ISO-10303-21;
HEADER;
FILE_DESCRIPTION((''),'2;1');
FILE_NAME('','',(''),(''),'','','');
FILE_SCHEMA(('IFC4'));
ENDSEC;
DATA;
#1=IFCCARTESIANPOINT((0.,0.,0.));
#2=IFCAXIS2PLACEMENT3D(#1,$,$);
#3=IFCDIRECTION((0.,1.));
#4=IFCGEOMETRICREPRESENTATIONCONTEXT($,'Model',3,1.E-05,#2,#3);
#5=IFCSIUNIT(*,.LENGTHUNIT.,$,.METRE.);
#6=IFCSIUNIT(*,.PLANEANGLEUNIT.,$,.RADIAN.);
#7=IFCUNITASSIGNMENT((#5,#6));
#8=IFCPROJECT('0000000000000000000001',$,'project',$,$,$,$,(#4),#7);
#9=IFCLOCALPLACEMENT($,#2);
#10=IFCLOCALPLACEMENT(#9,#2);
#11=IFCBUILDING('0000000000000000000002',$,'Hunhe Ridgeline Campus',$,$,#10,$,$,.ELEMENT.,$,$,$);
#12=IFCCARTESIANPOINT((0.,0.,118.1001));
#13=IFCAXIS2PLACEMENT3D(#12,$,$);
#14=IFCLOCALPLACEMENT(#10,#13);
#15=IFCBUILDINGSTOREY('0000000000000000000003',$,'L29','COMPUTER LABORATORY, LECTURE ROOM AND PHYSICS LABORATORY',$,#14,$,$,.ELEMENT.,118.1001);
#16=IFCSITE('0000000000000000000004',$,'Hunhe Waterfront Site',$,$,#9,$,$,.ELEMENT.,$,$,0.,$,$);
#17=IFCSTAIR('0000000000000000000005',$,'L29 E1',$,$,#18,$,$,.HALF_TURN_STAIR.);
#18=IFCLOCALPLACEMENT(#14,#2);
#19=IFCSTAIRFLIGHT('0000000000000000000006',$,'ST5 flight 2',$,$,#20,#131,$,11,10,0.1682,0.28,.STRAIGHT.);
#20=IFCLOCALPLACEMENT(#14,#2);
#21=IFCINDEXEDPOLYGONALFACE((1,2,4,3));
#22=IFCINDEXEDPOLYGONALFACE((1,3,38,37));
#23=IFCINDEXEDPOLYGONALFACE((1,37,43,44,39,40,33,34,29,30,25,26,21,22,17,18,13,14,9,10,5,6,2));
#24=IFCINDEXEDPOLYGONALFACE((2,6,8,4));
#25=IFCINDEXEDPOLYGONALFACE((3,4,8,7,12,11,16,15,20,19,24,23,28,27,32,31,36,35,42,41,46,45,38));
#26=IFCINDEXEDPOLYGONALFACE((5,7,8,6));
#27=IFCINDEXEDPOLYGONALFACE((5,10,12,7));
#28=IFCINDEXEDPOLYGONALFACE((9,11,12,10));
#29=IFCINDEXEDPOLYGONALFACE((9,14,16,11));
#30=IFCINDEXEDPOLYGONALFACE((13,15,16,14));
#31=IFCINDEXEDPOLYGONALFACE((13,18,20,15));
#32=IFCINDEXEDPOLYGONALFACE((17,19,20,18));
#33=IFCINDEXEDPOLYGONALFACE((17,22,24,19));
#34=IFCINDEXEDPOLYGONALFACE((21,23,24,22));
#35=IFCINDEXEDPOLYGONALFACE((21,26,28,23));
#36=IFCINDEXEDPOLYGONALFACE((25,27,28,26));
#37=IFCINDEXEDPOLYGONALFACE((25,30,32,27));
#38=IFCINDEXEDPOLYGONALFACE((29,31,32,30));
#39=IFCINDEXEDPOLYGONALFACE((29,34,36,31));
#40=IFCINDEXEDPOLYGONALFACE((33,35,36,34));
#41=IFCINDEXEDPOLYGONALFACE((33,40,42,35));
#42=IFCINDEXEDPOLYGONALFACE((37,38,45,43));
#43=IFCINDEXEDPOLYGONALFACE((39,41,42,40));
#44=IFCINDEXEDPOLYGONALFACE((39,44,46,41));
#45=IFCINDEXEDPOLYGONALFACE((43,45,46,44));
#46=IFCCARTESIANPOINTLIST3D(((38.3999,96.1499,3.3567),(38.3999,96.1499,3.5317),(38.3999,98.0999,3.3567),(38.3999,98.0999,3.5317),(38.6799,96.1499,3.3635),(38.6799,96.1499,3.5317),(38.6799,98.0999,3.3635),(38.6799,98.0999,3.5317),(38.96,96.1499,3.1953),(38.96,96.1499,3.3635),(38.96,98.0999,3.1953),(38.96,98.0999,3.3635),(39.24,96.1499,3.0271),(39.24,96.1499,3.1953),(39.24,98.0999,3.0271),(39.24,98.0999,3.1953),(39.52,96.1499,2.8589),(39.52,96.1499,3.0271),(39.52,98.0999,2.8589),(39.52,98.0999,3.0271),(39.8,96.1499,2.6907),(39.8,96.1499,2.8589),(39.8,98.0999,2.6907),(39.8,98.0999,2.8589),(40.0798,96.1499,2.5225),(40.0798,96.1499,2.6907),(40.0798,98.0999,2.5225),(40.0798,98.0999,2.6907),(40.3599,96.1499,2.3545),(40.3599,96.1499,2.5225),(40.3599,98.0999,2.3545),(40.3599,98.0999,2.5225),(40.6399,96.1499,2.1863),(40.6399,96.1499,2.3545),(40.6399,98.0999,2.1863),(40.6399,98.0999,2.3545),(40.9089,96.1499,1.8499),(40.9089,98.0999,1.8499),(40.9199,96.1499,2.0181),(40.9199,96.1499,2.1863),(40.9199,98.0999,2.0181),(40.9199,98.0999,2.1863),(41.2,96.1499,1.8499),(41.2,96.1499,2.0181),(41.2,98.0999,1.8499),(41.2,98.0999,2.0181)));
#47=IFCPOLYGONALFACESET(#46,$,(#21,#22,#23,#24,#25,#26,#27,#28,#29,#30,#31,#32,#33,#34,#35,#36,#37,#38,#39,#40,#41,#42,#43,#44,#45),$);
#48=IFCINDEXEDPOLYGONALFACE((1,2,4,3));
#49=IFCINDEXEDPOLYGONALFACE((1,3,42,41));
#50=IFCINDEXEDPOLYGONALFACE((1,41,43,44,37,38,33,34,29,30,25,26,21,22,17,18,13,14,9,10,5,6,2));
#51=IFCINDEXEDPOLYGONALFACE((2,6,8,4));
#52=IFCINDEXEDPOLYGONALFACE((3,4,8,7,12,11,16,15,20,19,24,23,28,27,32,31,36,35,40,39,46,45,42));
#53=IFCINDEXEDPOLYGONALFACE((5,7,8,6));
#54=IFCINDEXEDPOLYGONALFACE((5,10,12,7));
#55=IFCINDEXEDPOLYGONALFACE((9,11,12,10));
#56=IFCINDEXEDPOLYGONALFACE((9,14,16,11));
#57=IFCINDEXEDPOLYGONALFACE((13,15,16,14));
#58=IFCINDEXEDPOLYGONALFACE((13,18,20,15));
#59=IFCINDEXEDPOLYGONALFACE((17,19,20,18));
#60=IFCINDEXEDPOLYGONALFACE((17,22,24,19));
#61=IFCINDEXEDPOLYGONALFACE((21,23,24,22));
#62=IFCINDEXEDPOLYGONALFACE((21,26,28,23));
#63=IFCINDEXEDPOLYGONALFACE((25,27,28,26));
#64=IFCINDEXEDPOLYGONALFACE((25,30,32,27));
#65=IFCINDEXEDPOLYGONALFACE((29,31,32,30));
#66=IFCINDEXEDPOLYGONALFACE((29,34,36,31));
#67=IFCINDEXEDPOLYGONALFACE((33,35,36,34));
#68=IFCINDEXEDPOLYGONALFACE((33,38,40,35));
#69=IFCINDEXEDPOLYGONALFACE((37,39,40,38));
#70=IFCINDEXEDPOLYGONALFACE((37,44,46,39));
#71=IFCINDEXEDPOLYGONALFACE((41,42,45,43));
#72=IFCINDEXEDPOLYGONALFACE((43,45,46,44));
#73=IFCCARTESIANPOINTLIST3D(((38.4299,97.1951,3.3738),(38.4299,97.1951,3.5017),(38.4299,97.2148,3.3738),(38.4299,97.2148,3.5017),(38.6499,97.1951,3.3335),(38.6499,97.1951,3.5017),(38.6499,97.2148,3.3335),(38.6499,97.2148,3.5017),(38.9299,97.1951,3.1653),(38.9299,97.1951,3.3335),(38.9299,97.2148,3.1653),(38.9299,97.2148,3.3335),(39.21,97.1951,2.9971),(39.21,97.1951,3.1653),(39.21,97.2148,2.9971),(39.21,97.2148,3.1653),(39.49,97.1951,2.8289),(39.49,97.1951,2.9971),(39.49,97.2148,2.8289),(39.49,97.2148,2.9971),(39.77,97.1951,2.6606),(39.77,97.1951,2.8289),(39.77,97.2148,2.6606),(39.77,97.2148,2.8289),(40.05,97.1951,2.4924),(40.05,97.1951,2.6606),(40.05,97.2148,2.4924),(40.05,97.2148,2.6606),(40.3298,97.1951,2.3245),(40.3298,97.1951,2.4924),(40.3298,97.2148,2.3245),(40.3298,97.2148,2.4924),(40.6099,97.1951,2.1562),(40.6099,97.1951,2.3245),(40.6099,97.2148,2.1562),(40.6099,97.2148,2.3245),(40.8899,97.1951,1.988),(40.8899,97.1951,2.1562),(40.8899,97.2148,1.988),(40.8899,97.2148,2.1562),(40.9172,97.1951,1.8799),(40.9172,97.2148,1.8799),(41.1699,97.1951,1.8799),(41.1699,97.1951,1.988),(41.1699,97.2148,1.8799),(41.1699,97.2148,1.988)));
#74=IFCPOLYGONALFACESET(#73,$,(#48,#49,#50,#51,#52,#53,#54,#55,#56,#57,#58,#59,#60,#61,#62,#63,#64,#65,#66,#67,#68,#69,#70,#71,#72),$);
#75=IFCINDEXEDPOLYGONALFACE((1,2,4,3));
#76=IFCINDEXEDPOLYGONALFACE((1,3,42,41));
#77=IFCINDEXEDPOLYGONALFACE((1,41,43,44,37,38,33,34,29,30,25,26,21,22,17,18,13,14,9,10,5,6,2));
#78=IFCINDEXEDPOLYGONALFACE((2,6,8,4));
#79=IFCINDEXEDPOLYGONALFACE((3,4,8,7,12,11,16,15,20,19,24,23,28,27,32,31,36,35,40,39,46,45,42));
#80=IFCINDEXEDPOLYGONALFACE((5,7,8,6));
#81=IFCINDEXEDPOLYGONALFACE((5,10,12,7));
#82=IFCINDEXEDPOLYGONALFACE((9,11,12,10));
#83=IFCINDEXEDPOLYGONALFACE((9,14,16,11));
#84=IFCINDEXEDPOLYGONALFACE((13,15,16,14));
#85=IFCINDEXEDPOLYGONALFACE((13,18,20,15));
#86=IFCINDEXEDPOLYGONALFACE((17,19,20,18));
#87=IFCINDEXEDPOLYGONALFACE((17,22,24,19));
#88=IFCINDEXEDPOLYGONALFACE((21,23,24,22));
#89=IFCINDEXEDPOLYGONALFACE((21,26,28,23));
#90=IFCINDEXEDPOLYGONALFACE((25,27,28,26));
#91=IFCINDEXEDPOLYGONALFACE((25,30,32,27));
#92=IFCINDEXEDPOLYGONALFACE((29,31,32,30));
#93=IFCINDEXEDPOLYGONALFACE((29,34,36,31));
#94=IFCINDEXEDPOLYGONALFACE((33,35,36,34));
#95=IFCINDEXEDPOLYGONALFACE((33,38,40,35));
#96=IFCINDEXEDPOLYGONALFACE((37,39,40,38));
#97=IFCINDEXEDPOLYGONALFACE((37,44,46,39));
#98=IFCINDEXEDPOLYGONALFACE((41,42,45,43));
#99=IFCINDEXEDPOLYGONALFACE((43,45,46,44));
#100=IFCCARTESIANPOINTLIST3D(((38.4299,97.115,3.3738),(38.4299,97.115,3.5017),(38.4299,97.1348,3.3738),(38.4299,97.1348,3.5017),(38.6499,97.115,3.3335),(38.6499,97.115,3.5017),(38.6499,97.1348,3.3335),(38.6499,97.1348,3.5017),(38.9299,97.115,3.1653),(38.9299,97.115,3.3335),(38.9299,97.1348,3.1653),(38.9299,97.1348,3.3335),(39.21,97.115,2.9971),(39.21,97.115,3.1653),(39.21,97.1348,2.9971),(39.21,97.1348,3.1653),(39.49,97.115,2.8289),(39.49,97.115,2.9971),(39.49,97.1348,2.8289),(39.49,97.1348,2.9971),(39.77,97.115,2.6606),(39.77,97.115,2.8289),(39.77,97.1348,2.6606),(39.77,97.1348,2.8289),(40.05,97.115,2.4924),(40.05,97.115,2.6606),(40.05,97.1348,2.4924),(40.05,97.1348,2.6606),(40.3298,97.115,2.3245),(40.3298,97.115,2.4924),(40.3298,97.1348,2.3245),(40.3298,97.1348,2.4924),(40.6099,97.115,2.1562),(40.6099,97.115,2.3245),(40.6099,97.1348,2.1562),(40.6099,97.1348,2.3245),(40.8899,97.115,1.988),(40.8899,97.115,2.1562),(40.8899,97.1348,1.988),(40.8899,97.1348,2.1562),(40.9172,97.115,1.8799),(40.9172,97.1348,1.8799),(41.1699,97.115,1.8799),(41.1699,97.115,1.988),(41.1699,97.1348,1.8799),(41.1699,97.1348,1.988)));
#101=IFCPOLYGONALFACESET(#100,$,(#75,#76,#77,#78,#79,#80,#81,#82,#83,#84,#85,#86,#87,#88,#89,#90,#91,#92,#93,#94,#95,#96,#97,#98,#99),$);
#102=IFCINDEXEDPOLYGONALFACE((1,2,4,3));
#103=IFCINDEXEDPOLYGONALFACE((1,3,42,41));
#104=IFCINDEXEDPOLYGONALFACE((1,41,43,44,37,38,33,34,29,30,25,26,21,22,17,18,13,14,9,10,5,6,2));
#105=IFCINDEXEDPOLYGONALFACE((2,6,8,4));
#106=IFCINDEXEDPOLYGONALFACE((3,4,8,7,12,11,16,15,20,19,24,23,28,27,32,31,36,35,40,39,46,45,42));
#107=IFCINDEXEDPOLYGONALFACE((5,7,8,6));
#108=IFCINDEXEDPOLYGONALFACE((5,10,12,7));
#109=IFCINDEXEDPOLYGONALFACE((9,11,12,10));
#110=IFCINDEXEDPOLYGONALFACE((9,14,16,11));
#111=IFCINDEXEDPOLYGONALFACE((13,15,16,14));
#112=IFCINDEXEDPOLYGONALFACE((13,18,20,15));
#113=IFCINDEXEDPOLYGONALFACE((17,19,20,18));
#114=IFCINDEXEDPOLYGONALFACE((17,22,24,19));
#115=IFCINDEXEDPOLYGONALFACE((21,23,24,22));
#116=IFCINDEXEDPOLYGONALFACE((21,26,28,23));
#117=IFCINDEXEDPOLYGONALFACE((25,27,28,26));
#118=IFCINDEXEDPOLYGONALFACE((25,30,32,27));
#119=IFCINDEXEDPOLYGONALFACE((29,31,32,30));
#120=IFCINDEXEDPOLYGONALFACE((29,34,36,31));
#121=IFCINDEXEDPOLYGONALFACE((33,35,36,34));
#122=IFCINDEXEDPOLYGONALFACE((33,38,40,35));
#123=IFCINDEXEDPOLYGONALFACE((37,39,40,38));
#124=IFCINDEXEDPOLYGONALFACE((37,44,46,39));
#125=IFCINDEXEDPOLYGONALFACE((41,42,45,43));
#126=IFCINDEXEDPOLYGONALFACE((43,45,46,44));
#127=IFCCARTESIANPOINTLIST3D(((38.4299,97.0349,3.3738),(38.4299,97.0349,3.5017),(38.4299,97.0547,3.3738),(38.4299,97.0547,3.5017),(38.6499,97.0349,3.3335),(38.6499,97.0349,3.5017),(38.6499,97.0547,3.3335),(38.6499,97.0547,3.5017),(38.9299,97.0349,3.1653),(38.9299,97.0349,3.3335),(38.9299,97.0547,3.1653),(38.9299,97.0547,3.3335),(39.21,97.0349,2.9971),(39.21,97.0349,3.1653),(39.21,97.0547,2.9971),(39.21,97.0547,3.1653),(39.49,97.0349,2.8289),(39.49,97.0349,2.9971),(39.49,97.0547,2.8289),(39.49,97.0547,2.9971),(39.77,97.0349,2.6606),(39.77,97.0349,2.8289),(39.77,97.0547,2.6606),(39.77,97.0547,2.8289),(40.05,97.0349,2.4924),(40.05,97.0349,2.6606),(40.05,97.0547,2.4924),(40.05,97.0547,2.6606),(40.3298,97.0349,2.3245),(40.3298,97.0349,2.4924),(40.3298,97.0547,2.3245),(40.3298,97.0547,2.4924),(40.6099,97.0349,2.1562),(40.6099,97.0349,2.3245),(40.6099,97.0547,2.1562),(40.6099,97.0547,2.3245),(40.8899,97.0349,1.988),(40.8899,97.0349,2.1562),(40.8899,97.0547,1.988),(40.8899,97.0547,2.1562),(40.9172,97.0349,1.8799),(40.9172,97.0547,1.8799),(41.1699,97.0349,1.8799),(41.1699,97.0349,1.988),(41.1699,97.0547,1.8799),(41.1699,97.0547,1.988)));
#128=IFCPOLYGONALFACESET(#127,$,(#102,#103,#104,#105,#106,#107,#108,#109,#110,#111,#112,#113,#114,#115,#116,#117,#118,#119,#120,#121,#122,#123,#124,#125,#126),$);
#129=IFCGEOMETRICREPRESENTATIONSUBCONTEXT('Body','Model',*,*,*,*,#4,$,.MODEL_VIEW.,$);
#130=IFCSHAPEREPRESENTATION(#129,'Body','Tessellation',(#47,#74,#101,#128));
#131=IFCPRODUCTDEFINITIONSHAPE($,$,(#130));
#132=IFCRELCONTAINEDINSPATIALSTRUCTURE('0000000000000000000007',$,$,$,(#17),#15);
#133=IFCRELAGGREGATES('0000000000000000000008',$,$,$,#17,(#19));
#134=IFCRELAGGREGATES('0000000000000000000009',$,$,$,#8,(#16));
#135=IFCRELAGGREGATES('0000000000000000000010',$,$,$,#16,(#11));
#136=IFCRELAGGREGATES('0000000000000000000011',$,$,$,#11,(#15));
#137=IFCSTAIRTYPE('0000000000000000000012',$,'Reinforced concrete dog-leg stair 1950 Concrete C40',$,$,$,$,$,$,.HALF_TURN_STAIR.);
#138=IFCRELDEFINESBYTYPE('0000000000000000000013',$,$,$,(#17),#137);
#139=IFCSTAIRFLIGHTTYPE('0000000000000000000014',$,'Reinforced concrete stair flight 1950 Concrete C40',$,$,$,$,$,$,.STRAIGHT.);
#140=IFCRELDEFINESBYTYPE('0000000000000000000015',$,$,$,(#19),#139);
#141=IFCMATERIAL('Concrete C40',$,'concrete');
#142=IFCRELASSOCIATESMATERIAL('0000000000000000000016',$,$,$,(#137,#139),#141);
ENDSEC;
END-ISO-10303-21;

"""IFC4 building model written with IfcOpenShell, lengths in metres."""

from ifc_helpers import new_model, si_unit, direction, frame, origin, place, context, subcontext, project, spatial, polyline, outline, extrude, material, type_object, element, aggregate, save


model = new_model("IFC4")

# Units and contexts
model_context = context("Model", 3, precision=1e-05, world=origin(), true_north=direction((0.0, 1.0)))
body_context = subcontext(model_context, "Body", "Model", "MODEL_VIEW")
ifc_project = project(units=[si_unit("LENGTHUNIT", "METRE"), si_unit("PLANEANGLEUNIT", "RADIAN")], contexts=[model_context])

# Site, building, storey
site_placement = place(None, origin())
site = spatial("IfcSite", under=ifc_project, at=site_placement, Name="Hunhe Waterfront Site", CompositionType="ELEMENT", RefElevation=0.0)
building_placement = place(site_placement, origin())
building = spatial("IfcBuilding", under=site, at=building_placement, Name="Hunhe Ridgeline Campus", CompositionType="ELEMENT")
storey_placement = place(building_placement, frame((0.0, 0.0, 118.1001)))
storey = spatial("IfcBuildingStorey", under=building, at=storey_placement, Name="L29", Description="COMPUTER LABORATORY, LECTURE ROOM AND PHYSICS LABORATORY", CompositionType="ELEMENT", Elevation=118.1001)

# Shared definitions
ifc_material_1 = material(Name="Concrete C40", Category="concrete")
stair_type = type_object("IfcStairType", Name="Reinforced concrete dog-leg stair 1950 Concrete C40", PredefinedType="HALF_TURN_STAIR", material=ifc_material_1)
stair_flight_type = type_object("IfcStairFlightType", Name="Reinforced concrete stair flight 1950 Concrete C40", PredefinedType="STRAIGHT", material=ifc_material_1)

# Stair, stair flight
stair_1_placement = place(storey_placement, origin())
stair_1 = element("IfcStair", 1, at=stair_1_placement, inside=storey, type_object=stair_type, Name="L29 E1", PredefinedType="HALF_TURN_STAIR")
stair_flight_1_placement = place(storey_placement, frame((41.2, 97.125, 1.8499), z_axis=(0.0, 0.0, 1.0), x_axis=(-1.0, 0.0, 0.0)))
stair_flight_1 = element("IfcStairFlight", 2, at=stair_flight_1_placement, type_object=stair_flight_type, Name="ST5 flight 2", NumberOfRisers=11, NumberOfTreads=10, PredefinedType="STRAIGHT", RiserHeight=0.1682, TreadLength=0.28, context=body_context, shape_type="SweptSolid", body=[
    extrude(outline(polyline([(0.0, 0.0), (0.0, 0.1682), (0.28, 0.1682), (0.28, 0.3364), (0.5601, 0.3364), (0.5601, 0.5046), (0.8401, 0.5046), (0.8401, 0.6726), (1.1201, 0.6726), (1.1201, 0.8408), (1.3999, 0.8408), (1.3999, 1.009), (1.6799, 1.009), (1.6799, 1.1772), (1.96, 1.1772), (1.96, 1.3455), (2.24, 1.3455), (2.24, 1.5137), (2.52, 1.5137), (2.52, 1.6819), (2.8, 1.6819), (2.8, 1.8501), (2.8, 1.5068), (0.291, 0.0), (0.0, 0.0)])), frame((0.0, 0.9751, 0.0), z_axis=(0.0, -1.0, 0.0), x_axis=(1.0, 0.0, 0.0)), (0.0, 0.0, 1.0), 1.95),
    extrude(outline(polyline([(0.03, 0.03), (0.03, 0.1382), (0.3101, 0.1382), (0.3101, 0.3064), (0.5901, 0.3064), (0.5901, 0.4746), (0.8701, 0.4746), (0.8701, 0.6426), (1.1499, 0.6426), (1.1499, 0.8108), (1.4299, 0.8108), (1.4299, 0.979), (1.71, 0.979), (1.71, 1.1472), (1.99, 1.1472), (1.99, 1.3154), (2.27, 1.3154), (2.27, 1.4836), (2.55, 1.4836), (2.55, 1.6519), (2.77, 1.6519), (2.77, 1.5239), (0.2827, 0.03), (0.03, 0.03)])), frame((0.0, -0.0701, 0.0), z_axis=(0.0, -1.0, 0.0), x_axis=(1.0, 0.0, 0.0)), (0.0, 0.0, 1.0), 0.0198),
    extrude(outline(polyline([(0.03, 0.03), (0.03, 0.1382), (0.3101, 0.1382), (0.3101, 0.3064), (0.5901, 0.3064), (0.5901, 0.4746), (0.8701, 0.4746), (0.8701, 0.6426), (1.1499, 0.6426), (1.1499, 0.8108), (1.4299, 0.8108), (1.4299, 0.979), (1.71, 0.979), (1.71, 1.1472), (1.99, 1.1472), (1.99, 1.3154), (2.27, 1.3154), (2.27, 1.4836), (2.55, 1.4836), (2.55, 1.6519), (2.77, 1.6519), (2.77, 1.5239), (0.2827, 0.03), (0.03, 0.03)])), frame((0.0, 0.01, 0.0), z_axis=(0.0, -1.0, 0.0), x_axis=(1.0, 0.0, 0.0)), (0.0, 0.0, 1.0), 0.0198),
    extrude(outline(polyline([(0.03, 0.03), (0.03, 0.1382), (0.3101, 0.1382), (0.3101, 0.3064), (0.5901, 0.3064), (0.5901, 0.4746), (0.8701, 0.4746), (0.8701, 0.6426), (1.1499, 0.6426), (1.1499, 0.8108), (1.4299, 0.8108), (1.4299, 0.979), (1.71, 0.979), (1.71, 1.1472), (1.99, 1.1472), (1.99, 1.3154), (2.27, 1.3154), (2.27, 1.4836), (2.55, 1.4836), (2.55, 1.6519), (2.77, 1.6519), (2.77, 1.5239), (0.2827, 0.03), (0.03, 0.03)])), frame((0.0, 0.0901, 0.0), z_axis=(0.0, -1.0, 0.0), x_axis=(1.0, 0.0, 0.0)), (0.0, 0.0, 1.0), 0.0198),
])
aggregate(stair_1, [stair_flight_1])

save(model, "model.ifc")
